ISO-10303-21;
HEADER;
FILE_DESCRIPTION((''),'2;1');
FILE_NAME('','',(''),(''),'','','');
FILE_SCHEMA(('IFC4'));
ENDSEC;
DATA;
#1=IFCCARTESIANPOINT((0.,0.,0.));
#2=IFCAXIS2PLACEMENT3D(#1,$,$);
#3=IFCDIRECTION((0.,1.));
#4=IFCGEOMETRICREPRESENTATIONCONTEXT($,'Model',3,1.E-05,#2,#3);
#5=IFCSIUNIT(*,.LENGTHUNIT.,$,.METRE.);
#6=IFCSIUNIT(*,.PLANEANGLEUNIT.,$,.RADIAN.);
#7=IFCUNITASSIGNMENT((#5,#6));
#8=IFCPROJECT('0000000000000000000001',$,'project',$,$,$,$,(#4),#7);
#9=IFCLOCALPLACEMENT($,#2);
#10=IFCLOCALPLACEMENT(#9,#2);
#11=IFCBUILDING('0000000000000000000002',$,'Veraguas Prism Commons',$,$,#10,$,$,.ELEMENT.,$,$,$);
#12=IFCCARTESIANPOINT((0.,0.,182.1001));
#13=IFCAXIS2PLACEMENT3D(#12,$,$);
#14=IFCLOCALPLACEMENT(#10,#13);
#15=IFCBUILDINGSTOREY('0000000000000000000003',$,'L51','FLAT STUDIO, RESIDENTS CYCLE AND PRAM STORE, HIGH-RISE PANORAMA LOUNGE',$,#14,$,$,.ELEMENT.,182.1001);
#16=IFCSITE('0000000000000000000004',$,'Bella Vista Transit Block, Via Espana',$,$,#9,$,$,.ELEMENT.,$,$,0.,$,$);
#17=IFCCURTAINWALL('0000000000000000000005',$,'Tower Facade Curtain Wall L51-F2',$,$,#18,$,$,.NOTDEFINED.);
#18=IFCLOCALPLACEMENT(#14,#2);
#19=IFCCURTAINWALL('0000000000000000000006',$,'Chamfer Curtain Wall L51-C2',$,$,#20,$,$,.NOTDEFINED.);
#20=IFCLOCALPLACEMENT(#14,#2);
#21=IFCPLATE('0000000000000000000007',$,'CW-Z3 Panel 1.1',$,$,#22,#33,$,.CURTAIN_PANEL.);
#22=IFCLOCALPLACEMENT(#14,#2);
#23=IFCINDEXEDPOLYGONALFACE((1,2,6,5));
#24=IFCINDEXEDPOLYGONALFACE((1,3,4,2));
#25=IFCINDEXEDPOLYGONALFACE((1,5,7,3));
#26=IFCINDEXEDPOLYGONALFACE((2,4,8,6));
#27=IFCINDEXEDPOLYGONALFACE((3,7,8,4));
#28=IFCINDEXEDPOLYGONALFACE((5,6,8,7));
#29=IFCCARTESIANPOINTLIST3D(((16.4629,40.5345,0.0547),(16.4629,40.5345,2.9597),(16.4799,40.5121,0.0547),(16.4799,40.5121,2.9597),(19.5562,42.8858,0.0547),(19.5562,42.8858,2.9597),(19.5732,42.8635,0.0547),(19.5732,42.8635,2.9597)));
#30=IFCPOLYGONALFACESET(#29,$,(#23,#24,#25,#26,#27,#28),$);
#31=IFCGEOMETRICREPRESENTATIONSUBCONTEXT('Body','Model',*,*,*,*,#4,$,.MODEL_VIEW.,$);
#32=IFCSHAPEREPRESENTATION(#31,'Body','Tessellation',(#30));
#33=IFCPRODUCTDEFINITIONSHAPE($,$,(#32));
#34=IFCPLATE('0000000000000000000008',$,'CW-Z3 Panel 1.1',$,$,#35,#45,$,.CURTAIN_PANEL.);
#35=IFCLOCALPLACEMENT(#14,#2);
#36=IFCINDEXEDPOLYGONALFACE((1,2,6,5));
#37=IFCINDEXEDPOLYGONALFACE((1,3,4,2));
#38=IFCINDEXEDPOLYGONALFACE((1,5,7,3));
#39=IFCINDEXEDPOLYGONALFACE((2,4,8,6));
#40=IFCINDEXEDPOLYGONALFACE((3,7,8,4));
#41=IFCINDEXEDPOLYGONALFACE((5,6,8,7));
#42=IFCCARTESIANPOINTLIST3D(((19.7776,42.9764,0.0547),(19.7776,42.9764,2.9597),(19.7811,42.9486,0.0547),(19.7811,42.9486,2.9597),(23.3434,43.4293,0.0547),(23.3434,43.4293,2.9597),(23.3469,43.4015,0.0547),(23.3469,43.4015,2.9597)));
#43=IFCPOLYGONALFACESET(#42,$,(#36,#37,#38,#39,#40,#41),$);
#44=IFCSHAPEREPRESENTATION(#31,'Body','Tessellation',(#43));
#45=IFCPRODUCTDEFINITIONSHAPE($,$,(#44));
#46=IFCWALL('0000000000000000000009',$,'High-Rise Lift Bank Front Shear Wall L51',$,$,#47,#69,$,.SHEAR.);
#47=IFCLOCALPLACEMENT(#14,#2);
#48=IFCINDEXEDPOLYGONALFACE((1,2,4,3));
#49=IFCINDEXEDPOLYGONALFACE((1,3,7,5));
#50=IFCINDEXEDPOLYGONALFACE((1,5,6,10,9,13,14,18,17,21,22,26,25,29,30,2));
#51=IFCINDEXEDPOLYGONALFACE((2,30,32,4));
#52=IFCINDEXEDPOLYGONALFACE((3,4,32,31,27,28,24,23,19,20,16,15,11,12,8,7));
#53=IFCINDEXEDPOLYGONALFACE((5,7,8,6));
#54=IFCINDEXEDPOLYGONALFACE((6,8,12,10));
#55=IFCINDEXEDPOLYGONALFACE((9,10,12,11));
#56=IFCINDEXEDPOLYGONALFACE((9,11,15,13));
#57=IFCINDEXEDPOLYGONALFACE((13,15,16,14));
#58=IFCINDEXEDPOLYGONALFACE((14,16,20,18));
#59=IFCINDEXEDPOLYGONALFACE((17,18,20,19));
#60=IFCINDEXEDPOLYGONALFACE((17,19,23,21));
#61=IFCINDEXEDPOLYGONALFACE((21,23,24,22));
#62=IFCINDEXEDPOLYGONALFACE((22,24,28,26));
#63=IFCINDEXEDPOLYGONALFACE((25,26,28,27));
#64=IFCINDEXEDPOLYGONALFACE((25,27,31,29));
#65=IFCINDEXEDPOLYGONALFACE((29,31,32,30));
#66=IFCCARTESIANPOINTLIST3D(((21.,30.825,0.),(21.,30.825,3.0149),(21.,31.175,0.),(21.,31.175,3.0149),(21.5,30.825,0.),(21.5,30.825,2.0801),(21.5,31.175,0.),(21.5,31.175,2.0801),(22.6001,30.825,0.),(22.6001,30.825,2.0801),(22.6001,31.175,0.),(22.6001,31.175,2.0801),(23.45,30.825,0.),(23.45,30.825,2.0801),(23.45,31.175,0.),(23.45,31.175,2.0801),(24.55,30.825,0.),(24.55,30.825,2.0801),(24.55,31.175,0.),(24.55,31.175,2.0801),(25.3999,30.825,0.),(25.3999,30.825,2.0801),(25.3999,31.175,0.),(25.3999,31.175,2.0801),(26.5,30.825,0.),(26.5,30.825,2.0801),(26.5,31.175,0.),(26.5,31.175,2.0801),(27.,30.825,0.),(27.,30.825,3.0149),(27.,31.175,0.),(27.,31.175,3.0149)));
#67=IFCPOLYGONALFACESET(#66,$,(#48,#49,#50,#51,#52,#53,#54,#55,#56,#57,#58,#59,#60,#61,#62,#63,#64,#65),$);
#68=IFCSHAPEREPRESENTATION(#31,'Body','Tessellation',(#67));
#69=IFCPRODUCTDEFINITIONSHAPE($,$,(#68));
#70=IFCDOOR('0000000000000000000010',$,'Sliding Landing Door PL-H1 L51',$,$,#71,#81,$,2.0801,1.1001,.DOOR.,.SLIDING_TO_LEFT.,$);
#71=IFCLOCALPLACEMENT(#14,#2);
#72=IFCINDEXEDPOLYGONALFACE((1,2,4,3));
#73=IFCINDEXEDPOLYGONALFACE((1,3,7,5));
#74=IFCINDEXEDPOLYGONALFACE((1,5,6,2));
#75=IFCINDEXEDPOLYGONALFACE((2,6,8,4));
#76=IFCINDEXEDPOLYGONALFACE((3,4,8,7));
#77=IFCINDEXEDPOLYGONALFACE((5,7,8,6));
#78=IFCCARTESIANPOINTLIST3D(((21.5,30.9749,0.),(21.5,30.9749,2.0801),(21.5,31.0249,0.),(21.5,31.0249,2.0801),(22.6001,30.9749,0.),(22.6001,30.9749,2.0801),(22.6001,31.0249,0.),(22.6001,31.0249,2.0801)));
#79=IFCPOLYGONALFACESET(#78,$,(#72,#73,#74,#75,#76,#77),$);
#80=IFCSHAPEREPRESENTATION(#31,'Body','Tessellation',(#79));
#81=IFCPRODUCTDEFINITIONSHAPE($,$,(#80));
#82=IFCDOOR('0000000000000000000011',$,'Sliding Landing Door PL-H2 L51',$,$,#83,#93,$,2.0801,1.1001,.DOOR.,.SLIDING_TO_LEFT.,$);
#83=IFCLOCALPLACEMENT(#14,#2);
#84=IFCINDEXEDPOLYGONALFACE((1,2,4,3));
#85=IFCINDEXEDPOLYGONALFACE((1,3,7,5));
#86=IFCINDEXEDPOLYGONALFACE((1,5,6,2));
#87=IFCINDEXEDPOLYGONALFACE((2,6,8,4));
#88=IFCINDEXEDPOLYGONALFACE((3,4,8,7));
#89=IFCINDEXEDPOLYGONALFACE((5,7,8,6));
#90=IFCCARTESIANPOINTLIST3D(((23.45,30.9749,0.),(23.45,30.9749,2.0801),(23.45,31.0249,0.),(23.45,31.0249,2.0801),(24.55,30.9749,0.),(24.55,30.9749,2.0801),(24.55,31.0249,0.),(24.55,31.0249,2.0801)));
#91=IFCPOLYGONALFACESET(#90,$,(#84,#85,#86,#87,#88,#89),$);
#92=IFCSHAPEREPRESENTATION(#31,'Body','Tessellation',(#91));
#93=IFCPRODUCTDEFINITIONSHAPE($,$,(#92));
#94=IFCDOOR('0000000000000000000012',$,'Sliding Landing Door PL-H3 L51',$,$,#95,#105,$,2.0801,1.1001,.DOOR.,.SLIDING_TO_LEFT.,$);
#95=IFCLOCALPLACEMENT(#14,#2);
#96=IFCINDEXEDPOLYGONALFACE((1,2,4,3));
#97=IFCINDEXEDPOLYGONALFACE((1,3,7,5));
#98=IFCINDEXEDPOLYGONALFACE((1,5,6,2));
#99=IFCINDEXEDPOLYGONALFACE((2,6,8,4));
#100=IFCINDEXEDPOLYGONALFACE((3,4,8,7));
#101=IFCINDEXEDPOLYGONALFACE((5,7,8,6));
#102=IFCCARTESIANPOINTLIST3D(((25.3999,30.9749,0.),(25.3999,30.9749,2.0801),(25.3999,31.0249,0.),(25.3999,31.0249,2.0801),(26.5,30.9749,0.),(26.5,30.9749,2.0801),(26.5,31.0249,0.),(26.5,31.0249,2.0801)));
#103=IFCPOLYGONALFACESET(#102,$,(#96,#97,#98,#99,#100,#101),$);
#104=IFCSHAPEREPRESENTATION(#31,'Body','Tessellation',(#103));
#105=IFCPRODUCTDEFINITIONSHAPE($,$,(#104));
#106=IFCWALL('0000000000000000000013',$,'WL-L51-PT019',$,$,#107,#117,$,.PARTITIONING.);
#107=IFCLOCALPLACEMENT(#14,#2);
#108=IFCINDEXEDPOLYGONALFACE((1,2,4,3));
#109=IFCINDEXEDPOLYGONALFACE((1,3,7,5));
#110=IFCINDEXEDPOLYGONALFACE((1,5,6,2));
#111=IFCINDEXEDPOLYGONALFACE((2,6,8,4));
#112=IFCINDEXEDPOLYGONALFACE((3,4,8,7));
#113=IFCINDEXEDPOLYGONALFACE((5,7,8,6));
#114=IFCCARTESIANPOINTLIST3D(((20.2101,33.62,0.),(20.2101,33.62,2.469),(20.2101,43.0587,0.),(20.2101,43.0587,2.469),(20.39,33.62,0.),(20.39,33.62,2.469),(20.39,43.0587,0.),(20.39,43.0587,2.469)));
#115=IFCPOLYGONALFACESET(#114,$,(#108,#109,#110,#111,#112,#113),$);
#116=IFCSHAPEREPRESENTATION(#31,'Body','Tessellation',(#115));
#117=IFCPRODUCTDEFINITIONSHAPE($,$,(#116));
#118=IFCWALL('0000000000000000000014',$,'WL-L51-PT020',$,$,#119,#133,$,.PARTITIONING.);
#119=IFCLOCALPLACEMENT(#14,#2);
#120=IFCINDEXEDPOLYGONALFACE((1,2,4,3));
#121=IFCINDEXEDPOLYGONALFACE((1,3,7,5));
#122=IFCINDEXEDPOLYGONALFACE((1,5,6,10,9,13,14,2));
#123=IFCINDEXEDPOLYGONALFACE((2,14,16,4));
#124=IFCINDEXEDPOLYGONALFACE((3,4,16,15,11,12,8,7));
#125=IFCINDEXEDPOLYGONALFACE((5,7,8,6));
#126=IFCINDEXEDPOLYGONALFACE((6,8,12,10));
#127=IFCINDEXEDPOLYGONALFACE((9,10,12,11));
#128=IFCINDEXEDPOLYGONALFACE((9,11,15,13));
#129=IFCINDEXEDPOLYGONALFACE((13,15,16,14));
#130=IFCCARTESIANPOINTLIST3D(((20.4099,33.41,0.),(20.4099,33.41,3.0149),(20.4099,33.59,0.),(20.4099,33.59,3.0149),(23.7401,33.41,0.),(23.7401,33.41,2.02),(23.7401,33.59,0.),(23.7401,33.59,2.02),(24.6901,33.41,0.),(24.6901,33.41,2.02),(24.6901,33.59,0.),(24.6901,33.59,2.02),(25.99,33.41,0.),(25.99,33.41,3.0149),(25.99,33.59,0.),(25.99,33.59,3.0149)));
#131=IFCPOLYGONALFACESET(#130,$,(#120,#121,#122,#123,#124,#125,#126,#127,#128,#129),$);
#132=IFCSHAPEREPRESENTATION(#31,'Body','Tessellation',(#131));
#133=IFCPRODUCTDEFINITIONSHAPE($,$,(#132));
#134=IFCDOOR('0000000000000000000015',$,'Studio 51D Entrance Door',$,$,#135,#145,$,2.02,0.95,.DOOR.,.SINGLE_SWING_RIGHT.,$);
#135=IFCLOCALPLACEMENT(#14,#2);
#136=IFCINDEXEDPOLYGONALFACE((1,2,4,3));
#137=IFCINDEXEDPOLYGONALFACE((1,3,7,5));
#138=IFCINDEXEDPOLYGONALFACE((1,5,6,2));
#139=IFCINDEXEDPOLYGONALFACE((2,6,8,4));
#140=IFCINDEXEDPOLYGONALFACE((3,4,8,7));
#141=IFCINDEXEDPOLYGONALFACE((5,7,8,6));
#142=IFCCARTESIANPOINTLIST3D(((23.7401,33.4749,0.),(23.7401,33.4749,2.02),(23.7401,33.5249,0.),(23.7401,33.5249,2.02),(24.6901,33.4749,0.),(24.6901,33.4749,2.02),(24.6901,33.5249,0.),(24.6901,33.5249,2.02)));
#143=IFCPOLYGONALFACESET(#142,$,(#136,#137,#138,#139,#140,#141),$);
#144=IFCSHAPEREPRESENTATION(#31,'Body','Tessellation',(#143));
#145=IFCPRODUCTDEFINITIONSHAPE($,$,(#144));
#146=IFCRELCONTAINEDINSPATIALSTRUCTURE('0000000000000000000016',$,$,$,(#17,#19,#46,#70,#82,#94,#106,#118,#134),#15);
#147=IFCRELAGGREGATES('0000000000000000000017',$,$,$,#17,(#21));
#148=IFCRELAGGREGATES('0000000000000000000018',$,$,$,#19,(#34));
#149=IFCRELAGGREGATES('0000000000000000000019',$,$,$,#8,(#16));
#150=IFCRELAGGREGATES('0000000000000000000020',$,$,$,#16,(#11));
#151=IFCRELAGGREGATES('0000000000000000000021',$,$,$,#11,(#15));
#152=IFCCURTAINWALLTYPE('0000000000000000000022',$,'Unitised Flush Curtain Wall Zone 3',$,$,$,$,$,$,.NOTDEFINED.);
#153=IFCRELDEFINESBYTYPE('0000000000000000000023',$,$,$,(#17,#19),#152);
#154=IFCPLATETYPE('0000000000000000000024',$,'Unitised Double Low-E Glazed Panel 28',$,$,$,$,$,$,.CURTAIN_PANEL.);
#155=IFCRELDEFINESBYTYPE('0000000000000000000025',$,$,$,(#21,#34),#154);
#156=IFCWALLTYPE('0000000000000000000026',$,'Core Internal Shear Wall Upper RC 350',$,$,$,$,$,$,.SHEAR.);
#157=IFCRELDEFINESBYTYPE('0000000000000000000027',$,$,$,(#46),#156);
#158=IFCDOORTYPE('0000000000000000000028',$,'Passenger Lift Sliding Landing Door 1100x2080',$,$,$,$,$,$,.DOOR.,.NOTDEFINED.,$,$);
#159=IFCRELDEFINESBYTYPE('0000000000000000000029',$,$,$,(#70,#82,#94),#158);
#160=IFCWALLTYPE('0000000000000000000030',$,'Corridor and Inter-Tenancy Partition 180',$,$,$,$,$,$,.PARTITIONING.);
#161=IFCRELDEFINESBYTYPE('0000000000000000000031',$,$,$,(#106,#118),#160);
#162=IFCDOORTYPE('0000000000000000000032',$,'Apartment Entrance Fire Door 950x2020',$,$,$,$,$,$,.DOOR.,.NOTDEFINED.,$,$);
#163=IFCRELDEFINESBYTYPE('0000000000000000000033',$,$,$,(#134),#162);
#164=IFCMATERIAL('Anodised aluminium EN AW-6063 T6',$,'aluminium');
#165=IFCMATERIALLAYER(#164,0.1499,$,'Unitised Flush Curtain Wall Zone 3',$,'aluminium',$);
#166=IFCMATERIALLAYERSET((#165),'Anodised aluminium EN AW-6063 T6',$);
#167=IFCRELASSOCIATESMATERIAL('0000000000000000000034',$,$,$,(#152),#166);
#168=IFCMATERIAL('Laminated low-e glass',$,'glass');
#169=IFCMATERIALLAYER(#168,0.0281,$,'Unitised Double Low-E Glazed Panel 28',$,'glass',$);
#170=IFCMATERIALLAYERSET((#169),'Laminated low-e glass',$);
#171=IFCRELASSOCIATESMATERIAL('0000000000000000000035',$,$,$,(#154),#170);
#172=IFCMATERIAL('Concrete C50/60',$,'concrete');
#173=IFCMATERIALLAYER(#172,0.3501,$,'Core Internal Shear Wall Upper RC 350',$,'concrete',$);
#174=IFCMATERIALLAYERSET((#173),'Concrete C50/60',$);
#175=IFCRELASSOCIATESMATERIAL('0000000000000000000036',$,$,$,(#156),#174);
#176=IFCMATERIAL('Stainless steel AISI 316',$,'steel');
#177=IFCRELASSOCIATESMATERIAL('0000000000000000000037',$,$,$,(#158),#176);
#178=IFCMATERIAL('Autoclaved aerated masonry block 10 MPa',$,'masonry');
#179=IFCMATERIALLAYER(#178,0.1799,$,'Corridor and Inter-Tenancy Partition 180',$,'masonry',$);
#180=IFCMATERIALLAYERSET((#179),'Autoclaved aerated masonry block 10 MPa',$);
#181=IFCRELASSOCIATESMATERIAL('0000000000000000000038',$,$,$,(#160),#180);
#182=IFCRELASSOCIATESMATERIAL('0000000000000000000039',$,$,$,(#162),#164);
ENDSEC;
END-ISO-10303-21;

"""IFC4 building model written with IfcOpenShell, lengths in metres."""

from ifc_helpers import new_model, si_unit, direction, frame, frame_2d, origin, origin_2d, place, context, subcontext, project, spatial, rectangle, extrude, source, transform, mapped, material, layer, layer_set, type_object, element, fill, aggregate, save


model = new_model("IFC4")

# Units and contexts
model_context = context("Model", 3, precision=1e-05, world=origin(), true_north=direction((0.0, 1.0)))
body_context = subcontext(model_context, "Body", "Model", "MODEL_VIEW")
ifc_project = project(units=[si_unit("LENGTHUNIT", "METRE"), si_unit("PLANEANGLEUNIT", "RADIAN")], contexts=[model_context])

# Site, building, storey
site_placement = place(None, origin())
site = spatial("IfcSite", under=ifc_project, at=site_placement, Name="Bella Vista Transit Block, Via Espana", CompositionType="ELEMENT", RefElevation=0.0)
building_placement = place(site_placement, origin())
building = spatial("IfcBuilding", under=site, at=building_placement, Name="Veraguas Prism Commons", CompositionType="ELEMENT")
storey_placement = place(building_placement, frame((0.0, 0.0, 182.1001)))
storey = spatial("IfcBuildingStorey", under=building, at=storey_placement, Name="L51", Description="FLAT STUDIO, RESIDENTS CYCLE AND PRAM STORE, HIGH-RISE PANORAMA LOUNGE", CompositionType="ELEMENT", Elevation=182.1001)

# Shared definitions
ifc_material_1 = material(Name="Concrete C50/60", Category="concrete")

# Curtain wall
ifc_material_2 = material(Name="Anodised aluminium EN AW-6063 T6", Category="aluminium")
ifc_layer_1 = layer(ifc_material_2, 0.1499, Name="Unitised Flush Curtain Wall Zone 3", Category="aluminium")
ifc_layer_set_1 = layer_set([ifc_layer_1], Name="Anodised aluminium EN AW-6063 T6")
curtain_wall_type = type_object("IfcCurtainWallType", Name="Unitised Flush Curtain Wall Zone 3", PredefinedType="NOTDEFINED", material=ifc_layer_set_1)
curtain_wall_1_placement = place(storey_placement, origin())
curtain_wall_1 = element("IfcCurtainWall", 1, at=curtain_wall_1_placement, inside=storey, type_object=curtain_wall_type, Name="Tower Facade Curtain Wall L51-F2", PredefinedType="NOTDEFINED")

# Curtain wall
curtain_wall_2_placement = place(storey_placement, origin())
curtain_wall_2 = element("IfcCurtainWall", 2, at=curtain_wall_2_placement, inside=storey, type_object=curtain_wall_type, Name="Chamfer Curtain Wall L51-C2", PredefinedType="NOTDEFINED")

# Plates
ifc_material_3 = material(Name="Laminated low-e glass", Category="glass")
ifc_layer_2 = layer(ifc_material_3, 0.0281, Name="Unitised Double Low-E Glazed Panel 28", Category="glass")
ifc_layer_set_2 = layer_set([ifc_layer_2], Name="Laminated low-e glass")
plate_type = type_object("IfcPlateType", Name="Unitised Double Low-E Glazed Panel 28", PredefinedType="CURTAIN_PANEL", material=ifc_layer_set_2)
shared_shape_1 = source(origin(), body_context, "Body", "SweptSolid", [
    extrude(rectangle(XDim=3.8855, YDim=0.0281, at=origin_2d()), origin(), (0.0, 0.0, 1.0), 2.905),
])
plate_1_placement = place(storey_placement, frame((18.0181, 41.699, 0.0547), z_axis=(0.0, 0.0, 1.0), x_axis=(-0.796104, -0.605159, 0.0)))
plate_1 = element("IfcPlate", 3, at=plate_1_placement, type_object=plate_type, Name="CW-Z3 Panel 1.1", PredefinedType="CURTAIN_PANEL", context=body_context, shape_type="MappedRepresentation", body=[
    mapped(shared_shape_1, transform((0.0, 0.0, 0.0), scale=1.0)),
])
aggregate(curtain_wall_1, [plate_1])
shared_shape_2 = source(origin(), body_context, "Body", "SweptSolid", [
    extrude(rectangle(XDim=3.5945, YDim=0.0281, at=origin_2d()), origin(), (0.0, 0.0, 1.0), 2.905),
])
plate_2_placement = place(storey_placement, frame((21.5623, 43.189, 0.0547), z_axis=(0.0, 0.0, 1.0), x_axis=(-0.992031, -0.125996, 0.0)))
plate_2 = element("IfcPlate", 4, at=plate_2_placement, type_object=plate_type, Name="CW-Z3 Panel 1.1", PredefinedType="CURTAIN_PANEL", context=body_context, shape_type="MappedRepresentation", body=[
    mapped(shared_shape_2, transform((0.0, 0.0, 0.0), scale=1.0)),
])
aggregate(curtain_wall_2, [plate_2])

# Wall, openings, doors
ifc_layer_3 = layer(ifc_material_1, 0.3501, Name="Core Internal Shear Wall Upper RC 350", Category="concrete")
ifc_layer_set_3 = layer_set([ifc_layer_3], Name="Concrete C50/60")
wall_type_1 = type_object("IfcWallType", Name="Core Internal Shear Wall Upper RC 350", PredefinedType="SHEAR", material=ifc_layer_set_3)
wall_1_placement = place(storey_placement, frame((21.0, 31.0, 0.0), z_axis=(0.0, 0.0, 1.0), x_axis=(1.0, 0.0, 0.0)))
wall_1 = element("IfcWall", 5, at=wall_1_placement, inside=storey, type_object=wall_type_1, Name="High-Rise Lift Bank Front Shear Wall L51", PredefinedType="SHEAR", context=body_context, shape_type="SweptSolid", body=[
    extrude(rectangle(XDim=6.0, YDim=0.3501, at=frame_2d((3.0, 0.0))), origin(), (0.0, 0.0, 1.0), 3.0149),
])
opening_1_placement = place(wall_1_placement, frame((0.5, 0.0, 0.0)))
opening_1 = element("IfcOpeningElement", 6, at=opening_1_placement, cuts=wall_1, PredefinedType="OPENING", context=body_context, shape_type="SweptSolid", body=[
    extrude(rectangle(XDim=1.1001, YDim=2.0801, at=frame_2d((0.55, 1.04))), frame((0.0, 0.1851, 0.0), z_axis=(0.0, -1.0, 0.0), x_axis=(1.0, 0.0, 0.0)), (0.0, 0.0, 1.0), 0.3701),
])
opening_2_placement = place(wall_1_placement, frame((2.45, 0.0, 0.0)))
opening_2 = element("IfcOpeningElement", 7, at=opening_2_placement, cuts=wall_1, PredefinedType="OPENING", context=body_context, shape_type="SweptSolid", body=[
    extrude(rectangle(XDim=1.1001, YDim=2.0801, at=frame_2d((0.55, 1.04))), frame((0.0, 0.1851, 0.0), z_axis=(0.0, -1.0, 0.0), x_axis=(1.0, 0.0, 0.0)), (0.0, 0.0, 1.0), 0.3701),
])
opening_3_placement = place(wall_1_placement, frame((4.3999, 0.0, 0.0)))
opening_3 = element("IfcOpeningElement", 8, at=opening_3_placement, cuts=wall_1, PredefinedType="OPENING", context=body_context, shape_type="SweptSolid", body=[
    extrude(rectangle(XDim=1.1001, YDim=2.0801, at=frame_2d((0.55, 1.04))), frame((0.0, 0.1851, 0.0), z_axis=(0.0, -1.0, 0.0), x_axis=(1.0, 0.0, 0.0)), (0.0, 0.0, 1.0), 0.3701),
])
ifc_material_4 = material(Name="Stainless steel AISI 316", Category="steel")
door_type_1 = type_object("IfcDoorType", Name="Passenger Lift Sliding Landing Door 1100x2080", OperationType="NOTDEFINED", PredefinedType="DOOR", material=ifc_material_4)
shared_shape_3 = source(origin(), body_context, "Body", "SweptSolid", [
    extrude(rectangle(XDim=1.1001, YDim=2.0801, at=frame_2d((0.55, 1.04))), frame((0.0, 0.0249, 0.0), z_axis=(0.0, -1.0, 0.0), x_axis=(1.0, 0.0, 0.0)), (0.0, 0.0, 1.0), 0.05),
])
door_1_placement = place(opening_1_placement, origin())
door_1 = element("IfcDoor", 9, at=door_1_placement, inside=storey, type_object=door_type_1, Name="Sliding Landing Door PL-H1 L51", OperationType="SLIDING_TO_LEFT", OverallHeight=2.0801, OverallWidth=1.1001, PredefinedType="DOOR", context=body_context, shape_type="MappedRepresentation", body=[
    mapped(shared_shape_3, transform((0.0, 0.0, 0.0), scale=1.0)),
])
fill(opening_1, door_1)
door_2_placement = place(opening_2_placement, origin())
door_2 = element("IfcDoor", 10, at=door_2_placement, inside=storey, type_object=door_type_1, Name="Sliding Landing Door PL-H2 L51", OperationType="SLIDING_TO_LEFT", OverallHeight=2.0801, OverallWidth=1.1001, PredefinedType="DOOR", context=body_context, shape_type="MappedRepresentation", body=[
    mapped(shared_shape_3, transform((0.0, 0.0, 0.0), scale=1.0)),
])
fill(opening_2, door_2)
door_3_placement = place(opening_3_placement, origin())
door_3 = element("IfcDoor", 11, at=door_3_placement, inside=storey, type_object=door_type_1, Name="Sliding Landing Door PL-H3 L51", OperationType="SLIDING_TO_LEFT", OverallHeight=2.0801, OverallWidth=1.1001, PredefinedType="DOOR", context=body_context, shape_type="MappedRepresentation", body=[
    mapped(shared_shape_3, transform((0.0, 0.0, 0.0), scale=1.0)),
])
fill(opening_3, door_3)

# Wall
ifc_material_5 = material(Name="Autoclaved aerated masonry block 10 MPa", Category="masonry")
ifc_layer_4 = layer(ifc_material_5, 0.1799, Name="Corridor and Inter-Tenancy Partition 180", Category="masonry")
ifc_layer_set_4 = layer_set([ifc_layer_4], Name="Autoclaved aerated masonry block 10 MPa")
wall_type_2 = type_object("IfcWallType", Name="Corridor and Inter-Tenancy Partition 180", PredefinedType="PARTITIONING", material=ifc_layer_set_4)
wall_2_placement = place(storey_placement, frame((20.3, 33.6201, 0.0), z_axis=(0.0, 0.0, 1.0), x_axis=(0.0, 1.0, 0.0)))
element("IfcWall", 12, at=wall_2_placement, inside=storey, type_object=wall_type_2, Name="WL-L51-PT019", PredefinedType="PARTITIONING", context=body_context, shape_type="SweptSolid", body=[
    extrude(rectangle(XDim=9.4387, YDim=0.1799, at=frame_2d((4.7192, 0.0))), origin(), (0.0, 0.0, 1.0), 2.469),
])

# Wall, opening, door
wall_3_placement = place(storey_placement, frame((20.4099, 33.5, 0.0), z_axis=(0.0, 0.0, 1.0), x_axis=(1.0, 0.0, 0.0)))
wall_3 = element("IfcWall", 13, at=wall_3_placement, inside=storey, type_object=wall_type_2, Name="WL-L51-PT020", PredefinedType="PARTITIONING", context=body_context, shape_type="SweptSolid", body=[
    extrude(rectangle(XDim=5.5801, YDim=0.1799, at=frame_2d((2.79, 0.0))), origin(), (0.0, 0.0, 1.0), 3.0149),
])
opening_4_placement = place(wall_3_placement, frame((3.3301, 0.0, 0.0)))
opening_4 = element("IfcOpeningElement", 14, at=opening_4_placement, cuts=wall_3, PredefinedType="OPENING", context=body_context, shape_type="SweptSolid", body=[
    extrude(rectangle(XDim=0.95, YDim=2.02, at=frame_2d((0.4751, 1.01))), frame((0.0, 0.0999, 0.0), z_axis=(0.0, -1.0, 0.0), x_axis=(1.0, 0.0, 0.0)), (0.0, 0.0, 1.0), 0.2),
])
door_type_2 = type_object("IfcDoorType", Name="Apartment Entrance Fire Door 950x2020", OperationType="NOTDEFINED", PredefinedType="DOOR", material=ifc_material_2)
shared_shape_4 = source(origin(), body_context, "Body", "SweptSolid", [
    extrude(rectangle(XDim=0.95, YDim=2.02, at=frame_2d((0.4751, 1.01))), frame((0.0, 0.0249, 0.0), z_axis=(0.0, -1.0, 0.0), x_axis=(1.0, 0.0, 0.0)), (0.0, 0.0, 1.0), 0.05),
])
door_4_placement = place(opening_4_placement, origin())
door_4 = element("IfcDoor", 15, at=door_4_placement, inside=storey, type_object=door_type_2, Name="Studio 51D Entrance Door", OperationType="SINGLE_SWING_RIGHT", OverallHeight=2.02, OverallWidth=0.95, PredefinedType="DOOR", context=body_context, shape_type="MappedRepresentation", body=[
    mapped(shared_shape_4, transform((0.0, 0.0, 0.0), scale=1.0)),
])
fill(opening_4, door_4)

save(model, "model.ifc")
